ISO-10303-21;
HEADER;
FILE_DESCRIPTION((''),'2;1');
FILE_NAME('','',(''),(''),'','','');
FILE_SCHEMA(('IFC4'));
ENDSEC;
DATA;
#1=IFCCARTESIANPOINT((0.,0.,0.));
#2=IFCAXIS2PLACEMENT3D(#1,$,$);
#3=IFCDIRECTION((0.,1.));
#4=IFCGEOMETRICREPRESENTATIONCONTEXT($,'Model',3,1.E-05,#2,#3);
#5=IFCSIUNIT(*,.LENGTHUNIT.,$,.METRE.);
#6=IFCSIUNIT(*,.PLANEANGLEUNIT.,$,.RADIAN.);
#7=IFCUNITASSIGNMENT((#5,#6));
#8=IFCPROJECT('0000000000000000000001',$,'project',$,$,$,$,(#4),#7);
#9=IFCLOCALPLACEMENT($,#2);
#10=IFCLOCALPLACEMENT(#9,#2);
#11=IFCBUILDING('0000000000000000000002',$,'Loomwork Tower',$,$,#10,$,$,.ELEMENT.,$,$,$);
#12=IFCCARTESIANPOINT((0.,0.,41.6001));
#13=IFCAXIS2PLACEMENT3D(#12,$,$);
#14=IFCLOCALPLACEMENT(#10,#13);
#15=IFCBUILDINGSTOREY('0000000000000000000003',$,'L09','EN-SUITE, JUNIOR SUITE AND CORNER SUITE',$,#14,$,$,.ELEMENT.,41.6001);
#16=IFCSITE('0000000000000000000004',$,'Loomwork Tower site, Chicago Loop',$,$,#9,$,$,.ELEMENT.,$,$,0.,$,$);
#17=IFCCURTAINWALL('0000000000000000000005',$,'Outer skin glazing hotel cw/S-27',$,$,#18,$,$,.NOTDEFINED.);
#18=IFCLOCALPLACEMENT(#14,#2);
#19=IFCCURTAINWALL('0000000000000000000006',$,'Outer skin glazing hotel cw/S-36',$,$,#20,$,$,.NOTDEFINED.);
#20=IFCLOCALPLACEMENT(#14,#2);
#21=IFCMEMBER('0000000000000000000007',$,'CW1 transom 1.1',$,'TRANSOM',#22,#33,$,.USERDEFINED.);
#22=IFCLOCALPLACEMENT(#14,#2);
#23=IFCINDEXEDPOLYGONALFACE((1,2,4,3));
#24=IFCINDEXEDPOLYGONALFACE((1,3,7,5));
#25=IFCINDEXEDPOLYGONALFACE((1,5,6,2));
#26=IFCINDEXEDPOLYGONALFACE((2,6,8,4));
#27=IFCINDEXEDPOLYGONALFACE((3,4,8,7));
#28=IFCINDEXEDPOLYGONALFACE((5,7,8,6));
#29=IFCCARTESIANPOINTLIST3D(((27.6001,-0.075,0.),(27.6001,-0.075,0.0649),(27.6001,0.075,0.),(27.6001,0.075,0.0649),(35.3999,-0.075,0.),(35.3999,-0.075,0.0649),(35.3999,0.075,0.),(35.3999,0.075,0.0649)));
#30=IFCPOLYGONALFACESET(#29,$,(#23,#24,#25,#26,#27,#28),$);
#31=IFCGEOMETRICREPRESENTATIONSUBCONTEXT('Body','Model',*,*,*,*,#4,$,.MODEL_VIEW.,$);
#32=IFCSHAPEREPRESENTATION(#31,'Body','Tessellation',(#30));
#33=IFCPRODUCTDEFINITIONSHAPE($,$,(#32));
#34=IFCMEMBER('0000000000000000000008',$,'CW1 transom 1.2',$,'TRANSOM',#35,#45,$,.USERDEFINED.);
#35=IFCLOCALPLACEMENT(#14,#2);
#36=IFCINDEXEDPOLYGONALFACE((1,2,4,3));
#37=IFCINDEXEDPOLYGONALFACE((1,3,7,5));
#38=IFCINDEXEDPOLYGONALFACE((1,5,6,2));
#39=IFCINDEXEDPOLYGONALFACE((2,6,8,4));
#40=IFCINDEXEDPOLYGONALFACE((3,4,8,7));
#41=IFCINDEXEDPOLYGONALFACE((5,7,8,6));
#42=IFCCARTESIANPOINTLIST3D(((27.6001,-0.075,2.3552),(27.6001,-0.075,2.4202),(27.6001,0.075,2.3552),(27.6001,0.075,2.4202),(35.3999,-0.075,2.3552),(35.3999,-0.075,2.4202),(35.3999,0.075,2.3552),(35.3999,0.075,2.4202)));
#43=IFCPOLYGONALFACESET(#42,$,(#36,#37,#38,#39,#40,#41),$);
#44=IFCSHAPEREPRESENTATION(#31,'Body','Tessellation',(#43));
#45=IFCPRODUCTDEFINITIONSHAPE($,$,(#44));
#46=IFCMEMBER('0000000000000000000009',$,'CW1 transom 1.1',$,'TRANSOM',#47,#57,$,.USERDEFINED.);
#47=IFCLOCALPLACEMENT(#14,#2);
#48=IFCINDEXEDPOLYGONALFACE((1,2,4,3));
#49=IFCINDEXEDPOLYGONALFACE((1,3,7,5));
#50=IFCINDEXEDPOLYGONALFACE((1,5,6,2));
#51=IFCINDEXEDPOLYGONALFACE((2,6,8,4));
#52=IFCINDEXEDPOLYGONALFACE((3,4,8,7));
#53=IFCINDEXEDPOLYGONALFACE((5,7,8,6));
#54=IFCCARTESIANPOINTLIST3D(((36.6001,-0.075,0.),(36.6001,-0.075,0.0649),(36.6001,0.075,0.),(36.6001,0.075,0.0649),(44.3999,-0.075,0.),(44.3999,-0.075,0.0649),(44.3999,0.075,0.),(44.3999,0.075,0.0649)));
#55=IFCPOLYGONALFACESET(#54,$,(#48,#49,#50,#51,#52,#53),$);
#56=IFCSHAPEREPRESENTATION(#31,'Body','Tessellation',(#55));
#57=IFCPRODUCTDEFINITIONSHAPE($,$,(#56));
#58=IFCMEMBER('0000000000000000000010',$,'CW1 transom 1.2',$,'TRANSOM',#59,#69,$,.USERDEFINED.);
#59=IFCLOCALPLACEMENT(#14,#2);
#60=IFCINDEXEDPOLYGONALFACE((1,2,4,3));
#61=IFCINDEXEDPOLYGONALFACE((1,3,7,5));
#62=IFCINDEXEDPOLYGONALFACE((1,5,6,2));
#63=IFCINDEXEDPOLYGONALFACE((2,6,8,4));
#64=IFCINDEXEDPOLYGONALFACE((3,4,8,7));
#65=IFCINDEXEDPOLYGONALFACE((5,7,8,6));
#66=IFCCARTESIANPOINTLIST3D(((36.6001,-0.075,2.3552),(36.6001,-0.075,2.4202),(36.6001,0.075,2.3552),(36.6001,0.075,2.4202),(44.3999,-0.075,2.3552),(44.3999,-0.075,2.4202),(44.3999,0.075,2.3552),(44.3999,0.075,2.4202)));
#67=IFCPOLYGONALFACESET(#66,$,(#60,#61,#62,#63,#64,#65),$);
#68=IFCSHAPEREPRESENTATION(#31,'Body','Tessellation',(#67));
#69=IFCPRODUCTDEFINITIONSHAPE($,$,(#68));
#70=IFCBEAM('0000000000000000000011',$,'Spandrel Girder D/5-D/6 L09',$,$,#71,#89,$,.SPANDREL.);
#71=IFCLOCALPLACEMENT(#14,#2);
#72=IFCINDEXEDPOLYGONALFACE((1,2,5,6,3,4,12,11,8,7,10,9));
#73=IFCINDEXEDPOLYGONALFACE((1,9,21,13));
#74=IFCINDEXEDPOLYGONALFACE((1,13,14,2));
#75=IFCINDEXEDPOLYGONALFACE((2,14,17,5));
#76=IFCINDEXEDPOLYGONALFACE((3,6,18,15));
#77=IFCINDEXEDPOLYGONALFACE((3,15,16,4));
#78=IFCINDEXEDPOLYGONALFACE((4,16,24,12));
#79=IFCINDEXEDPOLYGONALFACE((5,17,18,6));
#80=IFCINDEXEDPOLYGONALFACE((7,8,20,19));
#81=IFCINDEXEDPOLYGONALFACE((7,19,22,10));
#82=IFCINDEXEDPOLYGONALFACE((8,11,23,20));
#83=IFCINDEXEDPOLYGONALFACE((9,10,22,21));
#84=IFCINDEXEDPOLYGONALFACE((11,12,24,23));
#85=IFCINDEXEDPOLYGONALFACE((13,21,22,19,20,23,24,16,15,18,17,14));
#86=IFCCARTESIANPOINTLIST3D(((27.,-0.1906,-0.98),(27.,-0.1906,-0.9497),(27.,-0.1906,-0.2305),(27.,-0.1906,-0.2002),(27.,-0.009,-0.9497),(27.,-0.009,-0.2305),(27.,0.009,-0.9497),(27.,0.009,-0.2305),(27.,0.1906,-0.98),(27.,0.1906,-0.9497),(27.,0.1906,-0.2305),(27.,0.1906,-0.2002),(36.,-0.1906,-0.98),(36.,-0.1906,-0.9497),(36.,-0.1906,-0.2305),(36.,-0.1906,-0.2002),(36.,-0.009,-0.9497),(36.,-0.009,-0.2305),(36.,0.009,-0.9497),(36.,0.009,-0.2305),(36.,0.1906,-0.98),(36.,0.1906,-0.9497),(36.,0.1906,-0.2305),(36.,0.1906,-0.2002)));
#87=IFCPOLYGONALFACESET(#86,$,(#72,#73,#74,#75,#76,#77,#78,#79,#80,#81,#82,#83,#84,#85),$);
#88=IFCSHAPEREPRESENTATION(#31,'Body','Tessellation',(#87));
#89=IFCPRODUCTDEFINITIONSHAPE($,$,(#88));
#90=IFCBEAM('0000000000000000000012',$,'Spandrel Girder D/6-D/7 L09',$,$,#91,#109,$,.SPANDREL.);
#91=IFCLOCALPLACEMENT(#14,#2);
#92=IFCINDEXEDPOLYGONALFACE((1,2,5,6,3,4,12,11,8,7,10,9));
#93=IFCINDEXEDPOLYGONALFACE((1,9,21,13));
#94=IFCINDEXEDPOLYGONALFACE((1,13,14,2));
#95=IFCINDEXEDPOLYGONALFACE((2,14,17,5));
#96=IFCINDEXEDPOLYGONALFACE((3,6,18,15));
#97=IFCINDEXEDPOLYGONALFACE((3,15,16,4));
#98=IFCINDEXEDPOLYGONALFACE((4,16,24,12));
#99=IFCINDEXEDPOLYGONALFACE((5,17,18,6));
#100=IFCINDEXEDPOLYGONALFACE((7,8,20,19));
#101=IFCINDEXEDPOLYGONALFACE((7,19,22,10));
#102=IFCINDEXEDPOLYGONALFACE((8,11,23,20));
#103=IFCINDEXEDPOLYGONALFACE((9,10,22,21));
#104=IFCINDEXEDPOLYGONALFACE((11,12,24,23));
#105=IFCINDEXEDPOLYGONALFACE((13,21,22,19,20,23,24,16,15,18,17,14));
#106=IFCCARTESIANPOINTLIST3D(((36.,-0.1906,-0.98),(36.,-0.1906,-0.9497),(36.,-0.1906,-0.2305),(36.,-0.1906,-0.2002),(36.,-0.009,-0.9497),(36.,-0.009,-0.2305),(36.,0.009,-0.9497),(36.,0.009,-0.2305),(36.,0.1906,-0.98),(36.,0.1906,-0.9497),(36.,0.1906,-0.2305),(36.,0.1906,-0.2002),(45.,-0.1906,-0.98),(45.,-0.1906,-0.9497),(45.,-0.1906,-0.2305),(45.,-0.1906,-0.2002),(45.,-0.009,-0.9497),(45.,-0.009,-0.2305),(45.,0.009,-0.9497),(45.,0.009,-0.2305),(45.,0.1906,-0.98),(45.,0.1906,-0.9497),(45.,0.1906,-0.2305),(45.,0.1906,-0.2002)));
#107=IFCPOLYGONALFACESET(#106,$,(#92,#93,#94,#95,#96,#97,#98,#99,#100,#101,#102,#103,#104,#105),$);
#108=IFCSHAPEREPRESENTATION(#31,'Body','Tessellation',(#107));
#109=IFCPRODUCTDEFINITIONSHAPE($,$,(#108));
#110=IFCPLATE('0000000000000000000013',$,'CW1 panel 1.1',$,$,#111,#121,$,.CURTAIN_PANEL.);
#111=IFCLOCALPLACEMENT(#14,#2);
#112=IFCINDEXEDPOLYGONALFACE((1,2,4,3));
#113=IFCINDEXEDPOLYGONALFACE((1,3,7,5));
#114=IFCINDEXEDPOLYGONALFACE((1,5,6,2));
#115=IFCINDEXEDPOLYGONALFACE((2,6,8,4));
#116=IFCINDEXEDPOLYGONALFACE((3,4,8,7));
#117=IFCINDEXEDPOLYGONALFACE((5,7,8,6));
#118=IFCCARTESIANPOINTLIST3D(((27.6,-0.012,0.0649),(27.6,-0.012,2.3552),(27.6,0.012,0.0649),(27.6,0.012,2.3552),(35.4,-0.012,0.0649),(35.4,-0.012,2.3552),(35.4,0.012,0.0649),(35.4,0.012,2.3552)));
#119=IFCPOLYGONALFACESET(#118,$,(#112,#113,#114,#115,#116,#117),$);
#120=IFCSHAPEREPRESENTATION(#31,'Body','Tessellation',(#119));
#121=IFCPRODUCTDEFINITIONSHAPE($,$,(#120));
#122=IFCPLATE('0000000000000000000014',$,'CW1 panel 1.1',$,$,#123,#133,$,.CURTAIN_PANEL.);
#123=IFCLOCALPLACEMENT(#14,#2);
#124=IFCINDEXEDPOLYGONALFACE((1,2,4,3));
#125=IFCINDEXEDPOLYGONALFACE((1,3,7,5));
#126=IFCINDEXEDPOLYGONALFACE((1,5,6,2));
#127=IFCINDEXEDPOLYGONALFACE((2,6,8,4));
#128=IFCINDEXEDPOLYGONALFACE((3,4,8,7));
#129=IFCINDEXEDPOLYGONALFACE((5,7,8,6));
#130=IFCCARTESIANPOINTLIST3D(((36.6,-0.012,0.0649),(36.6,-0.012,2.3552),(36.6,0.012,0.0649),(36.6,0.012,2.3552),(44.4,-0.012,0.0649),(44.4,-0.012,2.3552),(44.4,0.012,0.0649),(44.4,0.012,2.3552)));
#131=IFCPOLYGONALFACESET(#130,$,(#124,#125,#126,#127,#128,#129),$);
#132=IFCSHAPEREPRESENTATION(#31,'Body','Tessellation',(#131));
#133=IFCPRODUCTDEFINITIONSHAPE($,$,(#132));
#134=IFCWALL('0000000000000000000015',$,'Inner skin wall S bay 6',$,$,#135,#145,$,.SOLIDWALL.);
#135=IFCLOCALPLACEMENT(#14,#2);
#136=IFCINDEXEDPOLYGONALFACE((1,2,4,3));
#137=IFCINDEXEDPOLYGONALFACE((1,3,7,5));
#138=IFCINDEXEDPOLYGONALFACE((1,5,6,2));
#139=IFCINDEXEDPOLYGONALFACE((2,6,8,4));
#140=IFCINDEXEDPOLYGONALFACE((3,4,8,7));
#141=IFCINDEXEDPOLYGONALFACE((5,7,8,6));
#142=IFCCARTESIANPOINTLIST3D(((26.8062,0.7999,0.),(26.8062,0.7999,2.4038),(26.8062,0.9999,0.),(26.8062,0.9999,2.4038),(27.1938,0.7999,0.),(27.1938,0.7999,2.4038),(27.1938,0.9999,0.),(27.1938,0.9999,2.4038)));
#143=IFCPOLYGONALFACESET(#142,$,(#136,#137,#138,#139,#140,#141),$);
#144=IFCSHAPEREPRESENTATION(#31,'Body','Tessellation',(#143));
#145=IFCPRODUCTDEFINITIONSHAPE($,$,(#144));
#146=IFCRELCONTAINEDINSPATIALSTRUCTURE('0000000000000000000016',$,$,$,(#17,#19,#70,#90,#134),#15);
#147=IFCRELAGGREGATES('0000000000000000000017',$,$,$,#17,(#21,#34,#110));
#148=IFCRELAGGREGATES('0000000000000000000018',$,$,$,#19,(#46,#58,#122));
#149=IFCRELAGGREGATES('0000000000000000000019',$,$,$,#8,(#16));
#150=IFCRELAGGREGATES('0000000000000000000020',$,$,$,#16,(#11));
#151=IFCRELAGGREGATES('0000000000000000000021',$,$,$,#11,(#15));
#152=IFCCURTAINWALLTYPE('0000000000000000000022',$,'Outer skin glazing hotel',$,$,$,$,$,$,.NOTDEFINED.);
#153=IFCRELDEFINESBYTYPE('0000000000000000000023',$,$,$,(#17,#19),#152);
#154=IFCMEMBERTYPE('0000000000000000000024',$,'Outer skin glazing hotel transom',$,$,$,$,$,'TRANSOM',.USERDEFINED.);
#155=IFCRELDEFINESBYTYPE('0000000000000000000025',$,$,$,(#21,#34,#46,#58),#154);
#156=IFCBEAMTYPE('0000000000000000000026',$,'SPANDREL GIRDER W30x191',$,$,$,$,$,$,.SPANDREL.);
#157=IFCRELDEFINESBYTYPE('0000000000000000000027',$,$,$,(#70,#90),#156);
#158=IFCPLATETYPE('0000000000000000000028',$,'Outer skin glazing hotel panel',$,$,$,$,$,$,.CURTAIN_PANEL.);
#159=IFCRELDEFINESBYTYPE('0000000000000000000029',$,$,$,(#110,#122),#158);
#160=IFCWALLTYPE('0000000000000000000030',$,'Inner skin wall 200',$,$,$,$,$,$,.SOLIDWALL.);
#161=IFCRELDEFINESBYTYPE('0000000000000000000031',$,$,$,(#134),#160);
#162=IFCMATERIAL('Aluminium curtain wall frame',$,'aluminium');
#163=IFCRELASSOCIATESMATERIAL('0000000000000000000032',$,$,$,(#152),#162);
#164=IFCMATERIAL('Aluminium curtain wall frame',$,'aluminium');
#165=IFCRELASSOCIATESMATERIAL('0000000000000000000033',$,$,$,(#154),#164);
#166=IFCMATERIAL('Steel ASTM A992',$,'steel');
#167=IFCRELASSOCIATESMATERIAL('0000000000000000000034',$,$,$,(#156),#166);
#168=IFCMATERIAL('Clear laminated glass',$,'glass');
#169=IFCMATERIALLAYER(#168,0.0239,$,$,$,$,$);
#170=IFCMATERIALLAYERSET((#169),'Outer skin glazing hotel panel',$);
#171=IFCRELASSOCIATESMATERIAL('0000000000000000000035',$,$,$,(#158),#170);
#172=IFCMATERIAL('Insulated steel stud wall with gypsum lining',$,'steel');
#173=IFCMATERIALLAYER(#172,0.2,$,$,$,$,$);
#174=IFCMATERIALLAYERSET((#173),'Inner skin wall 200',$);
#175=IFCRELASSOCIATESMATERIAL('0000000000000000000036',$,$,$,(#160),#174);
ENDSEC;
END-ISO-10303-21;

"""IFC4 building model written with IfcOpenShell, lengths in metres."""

from ifc_helpers import new_model, si_unit, direction, frame, frame_2d, origin, origin_2d, place, context, subcontext, project, spatial, rectangle, i_section, extrude, material, layer, layer_set, material_profile, profile_set, type_object, element, aggregate, save


model = new_model("IFC4")

# Units and contexts
model_context = context("Model", 3, precision=1e-05, world=origin(), true_north=direction((0.0, 1.0)))
body_context = subcontext(model_context, "Body", "Model", "MODEL_VIEW")
ifc_project = project(units=[si_unit("LENGTHUNIT", "METRE"), si_unit("PLANEANGLEUNIT", "RADIAN")], contexts=[model_context])

# Site, building, storey
site_placement = place(None, origin())
site = spatial("IfcSite", under=ifc_project, at=site_placement, Name="Loomwork Tower site, Chicago Loop", CompositionType="ELEMENT", RefElevation=0.0)
building_placement = place(site_placement, origin())
building = spatial("IfcBuilding", under=site, at=building_placement, Name="Loomwork Tower", CompositionType="ELEMENT")
storey_placement = place(building_placement, frame((0.0, 0.0, 41.6001)))
storey = spatial("IfcBuildingStorey", under=building, at=storey_placement, Name="L09", Description="EN-SUITE, JUNIOR SUITE AND CORNER SUITE", CompositionType="ELEMENT", Elevation=41.6001)

# Shared definitions
ifc_material_1 = material(Name="Aluminium curtain wall frame", Category="aluminium")
curtain_wall_type = type_object("IfcCurtainWallType", Name="Outer skin glazing hotel", PredefinedType="NOTDEFINED", material=ifc_material_1)

# Curtain walls
curtain_wall_1_placement = place(storey_placement, origin())
curtain_wall_1 = element("IfcCurtainWall", 1, at=curtain_wall_1_placement, inside=storey, type_object=curtain_wall_type, Name="Outer skin glazing hotel cw/S-27", PredefinedType="NOTDEFINED")
curtain_wall_2_placement = place(storey_placement, origin())
curtain_wall_2 = element("IfcCurtainWall", 2, at=curtain_wall_2_placement, inside=storey, type_object=curtain_wall_type, Name="Outer skin glazing hotel cw/S-36", PredefinedType="NOTDEFINED")

# Members
ifc_material_2 = material(Name="Aluminium curtain wall frame", Category="aluminium")
ifc_material_profile_1 = material_profile(ifc_material_2, rectangle(XDim=0.1499, YDim=0.0649, at=origin_2d()), Name="AL 65x150")
ifc_profile_set_1 = profile_set([ifc_material_profile_1], Name="Aluminium curtain wall frame")
member_type_1 = type_object("IfcMemberType", Name="Outer skin glazing hotel transom", ElementType="TRANSOM", PredefinedType="USERDEFINED", material=ifc_profile_set_1)
member_1_placement = place(storey_placement, frame((27.6001, 0.0, 0.0325), z_axis=(1.0, 0.0, 0.0), x_axis=(0.0, 1.0, 0.0)))
member_1 = element("IfcMember", 3, at=member_1_placement, type_object=member_type_1, Name="CW1 transom 1.1", ObjectType="TRANSOM", PredefinedType="USERDEFINED", context=body_context, shape_type="SweptSolid", body=[
    extrude(rectangle(XDim=0.1499, YDim=0.0649, at=origin_2d()), origin(), (0.0, 0.0, 1.0), 7.7998),
])
member_2_placement = place(storey_placement, frame((27.6001, 0.0, 2.3877), z_axis=(1.0, 0.0, 0.0), x_axis=(0.0, 1.0, 0.0)))
member_2 = element("IfcMember", 4, at=member_2_placement, type_object=member_type_1, Name="CW1 transom 1.2", ObjectType="TRANSOM", PredefinedType="USERDEFINED", context=body_context, shape_type="SweptSolid", body=[
    extrude(rectangle(XDim=0.1499, YDim=0.0649, at=origin_2d()), origin(), (0.0, 0.0, 1.0), 7.7998),
])
member_3_placement = place(storey_placement, frame((36.6001, 0.0, 0.0325), z_axis=(1.0, 0.0, 0.0), x_axis=(0.0, 1.0, 0.0)))
member_3 = element("IfcMember", 5, at=member_3_placement, type_object=member_type_1, Name="CW1 transom 1.1", ObjectType="TRANSOM", PredefinedType="USERDEFINED", context=body_context, shape_type="SweptSolid", body=[
    extrude(rectangle(XDim=0.1499, YDim=0.0649, at=origin_2d()), origin(), (0.0, 0.0, 1.0), 7.7998),
])
member_4_placement = place(storey_placement, frame((36.6001, 0.0, 2.3877), z_axis=(1.0, 0.0, 0.0), x_axis=(0.0, 1.0, 0.0)))
member_4 = element("IfcMember", 6, at=member_4_placement, type_object=member_type_1, Name="CW1 transom 1.2", ObjectType="TRANSOM", PredefinedType="USERDEFINED", context=body_context, shape_type="SweptSolid", body=[
    extrude(rectangle(XDim=0.1499, YDim=0.0649, at=origin_2d()), origin(), (0.0, 0.0, 1.0), 7.7998),
])

# Beams
ifc_material_3 = material(Name="Steel ASTM A992", Category="steel")
ifc_material_profile_2 = material_profile(ifc_material_3, i_section(OverallWidth=0.3811, OverallDepth=0.7798, WebThickness=0.0181, FlangeThickness=0.0303, at=origin_2d()), Name="W30x191")
ifc_profile_set_2 = profile_set([ifc_material_profile_2], Name="Steel ASTM A992")
beam_type_1 = type_object("IfcBeamType", Name="SPANDREL GIRDER W30x191", PredefinedType="SPANDREL", material=ifc_profile_set_2)
for number, where, z_axis, x_axis, name in (
    (7, (27.0, 0.0, -0.5901), (1.0, 0.0, 0.0), (0.0, 1.0, 0.0), "Spandrel Girder D/5-D/6 L09"),
    (8, (36.0, 0.0, -0.5901), (1.0, 0.0, 0.0), (0.0, 1.0, 0.0), "Spandrel Girder D/6-D/7 L09"),
):
    element("IfcBeam", number, at=place(storey_placement, frame(where, z_axis=z_axis, x_axis=x_axis)), inside=storey, type_object=beam_type_1, Name=name, PredefinedType="SPANDREL", context=body_context, shape_type="SweptSolid", body=[
        extrude(i_section(OverallWidth=0.3811, OverallDepth=0.7798, WebThickness=0.0181, FlangeThickness=0.0303, at=origin_2d()), origin(), (0.0, 0.0, 1.0), 9.0),
    ])

# Plates
ifc_material_4 = material(Name="Clear laminated glass", Category="glass")
ifc_layer_1 = layer(ifc_material_4, 0.0239)
ifc_layer_set_1 = layer_set([ifc_layer_1], Name="Outer skin glazing hotel panel")
plate_type = type_object("IfcPlateType", Name="Outer skin glazing hotel panel", PredefinedType="CURTAIN_PANEL", material=ifc_layer_set_1)
plate_1_placement = place(storey_placement, frame((31.5, 0.0, 0.0649), z_axis=(0.0, 0.0, 1.0), x_axis=(1.0, 0.0, 0.0)))
plate_1 = element("IfcPlate", 9, at=plate_1_placement, type_object=plate_type, Name="CW1 panel 1.1", PredefinedType="CURTAIN_PANEL", context=body_context, shape_type="SweptSolid", body=[
    extrude(rectangle(XDim=7.8, YDim=0.0239, at=origin_2d()), origin(), (0.0, 0.0, 1.0), 2.2903),
])
aggregate(curtain_wall_1, [member_1, member_2, plate_1])
plate_2_placement = place(storey_placement, frame((40.5, 0.0, 0.0649), z_axis=(0.0, 0.0, 1.0), x_axis=(1.0, 0.0, 0.0)))
plate_2 = element("IfcPlate", 10, at=plate_2_placement, type_object=plate_type, Name="CW1 panel 1.1", PredefinedType="CURTAIN_PANEL", context=body_context, shape_type="SweptSolid", body=[
    extrude(rectangle(XDim=7.8, YDim=0.0239, at=origin_2d()), origin(), (0.0, 0.0, 1.0), 2.2903),
])
aggregate(curtain_wall_2, [member_3, member_4, plate_2])

# Wall
ifc_material_5 = material(Name="Insulated steel stud wall with gypsum lining", Category="steel")
ifc_layer_2 = layer(ifc_material_5, 0.2)
ifc_layer_set_2 = layer_set([ifc_layer_2], Name="Inner skin wall 200")
wall_type = type_object("IfcWallType", Name="Inner skin wall 200", PredefinedType="SOLIDWALL", material=ifc_layer_set_2)
wall_1_placement = place(storey_placement, frame((26.8062, 0.8999, 0.0), z_axis=(0.0, 0.0, 1.0), x_axis=(1.0, 0.0, 0.0)))
element("IfcWall", 11, at=wall_1_placement, inside=storey, type_object=wall_type, Name="Inner skin wall S bay 6", PredefinedType="SOLIDWALL", context=body_context, shape_type="SweptSolid", body=[
    extrude(rectangle(XDim=0.3877, YDim=0.2, at=frame_2d((0.1938, 0.0))), origin(), (0.0, 0.0, 1.0), 2.4038),
])

save(model, "model.ifc")
